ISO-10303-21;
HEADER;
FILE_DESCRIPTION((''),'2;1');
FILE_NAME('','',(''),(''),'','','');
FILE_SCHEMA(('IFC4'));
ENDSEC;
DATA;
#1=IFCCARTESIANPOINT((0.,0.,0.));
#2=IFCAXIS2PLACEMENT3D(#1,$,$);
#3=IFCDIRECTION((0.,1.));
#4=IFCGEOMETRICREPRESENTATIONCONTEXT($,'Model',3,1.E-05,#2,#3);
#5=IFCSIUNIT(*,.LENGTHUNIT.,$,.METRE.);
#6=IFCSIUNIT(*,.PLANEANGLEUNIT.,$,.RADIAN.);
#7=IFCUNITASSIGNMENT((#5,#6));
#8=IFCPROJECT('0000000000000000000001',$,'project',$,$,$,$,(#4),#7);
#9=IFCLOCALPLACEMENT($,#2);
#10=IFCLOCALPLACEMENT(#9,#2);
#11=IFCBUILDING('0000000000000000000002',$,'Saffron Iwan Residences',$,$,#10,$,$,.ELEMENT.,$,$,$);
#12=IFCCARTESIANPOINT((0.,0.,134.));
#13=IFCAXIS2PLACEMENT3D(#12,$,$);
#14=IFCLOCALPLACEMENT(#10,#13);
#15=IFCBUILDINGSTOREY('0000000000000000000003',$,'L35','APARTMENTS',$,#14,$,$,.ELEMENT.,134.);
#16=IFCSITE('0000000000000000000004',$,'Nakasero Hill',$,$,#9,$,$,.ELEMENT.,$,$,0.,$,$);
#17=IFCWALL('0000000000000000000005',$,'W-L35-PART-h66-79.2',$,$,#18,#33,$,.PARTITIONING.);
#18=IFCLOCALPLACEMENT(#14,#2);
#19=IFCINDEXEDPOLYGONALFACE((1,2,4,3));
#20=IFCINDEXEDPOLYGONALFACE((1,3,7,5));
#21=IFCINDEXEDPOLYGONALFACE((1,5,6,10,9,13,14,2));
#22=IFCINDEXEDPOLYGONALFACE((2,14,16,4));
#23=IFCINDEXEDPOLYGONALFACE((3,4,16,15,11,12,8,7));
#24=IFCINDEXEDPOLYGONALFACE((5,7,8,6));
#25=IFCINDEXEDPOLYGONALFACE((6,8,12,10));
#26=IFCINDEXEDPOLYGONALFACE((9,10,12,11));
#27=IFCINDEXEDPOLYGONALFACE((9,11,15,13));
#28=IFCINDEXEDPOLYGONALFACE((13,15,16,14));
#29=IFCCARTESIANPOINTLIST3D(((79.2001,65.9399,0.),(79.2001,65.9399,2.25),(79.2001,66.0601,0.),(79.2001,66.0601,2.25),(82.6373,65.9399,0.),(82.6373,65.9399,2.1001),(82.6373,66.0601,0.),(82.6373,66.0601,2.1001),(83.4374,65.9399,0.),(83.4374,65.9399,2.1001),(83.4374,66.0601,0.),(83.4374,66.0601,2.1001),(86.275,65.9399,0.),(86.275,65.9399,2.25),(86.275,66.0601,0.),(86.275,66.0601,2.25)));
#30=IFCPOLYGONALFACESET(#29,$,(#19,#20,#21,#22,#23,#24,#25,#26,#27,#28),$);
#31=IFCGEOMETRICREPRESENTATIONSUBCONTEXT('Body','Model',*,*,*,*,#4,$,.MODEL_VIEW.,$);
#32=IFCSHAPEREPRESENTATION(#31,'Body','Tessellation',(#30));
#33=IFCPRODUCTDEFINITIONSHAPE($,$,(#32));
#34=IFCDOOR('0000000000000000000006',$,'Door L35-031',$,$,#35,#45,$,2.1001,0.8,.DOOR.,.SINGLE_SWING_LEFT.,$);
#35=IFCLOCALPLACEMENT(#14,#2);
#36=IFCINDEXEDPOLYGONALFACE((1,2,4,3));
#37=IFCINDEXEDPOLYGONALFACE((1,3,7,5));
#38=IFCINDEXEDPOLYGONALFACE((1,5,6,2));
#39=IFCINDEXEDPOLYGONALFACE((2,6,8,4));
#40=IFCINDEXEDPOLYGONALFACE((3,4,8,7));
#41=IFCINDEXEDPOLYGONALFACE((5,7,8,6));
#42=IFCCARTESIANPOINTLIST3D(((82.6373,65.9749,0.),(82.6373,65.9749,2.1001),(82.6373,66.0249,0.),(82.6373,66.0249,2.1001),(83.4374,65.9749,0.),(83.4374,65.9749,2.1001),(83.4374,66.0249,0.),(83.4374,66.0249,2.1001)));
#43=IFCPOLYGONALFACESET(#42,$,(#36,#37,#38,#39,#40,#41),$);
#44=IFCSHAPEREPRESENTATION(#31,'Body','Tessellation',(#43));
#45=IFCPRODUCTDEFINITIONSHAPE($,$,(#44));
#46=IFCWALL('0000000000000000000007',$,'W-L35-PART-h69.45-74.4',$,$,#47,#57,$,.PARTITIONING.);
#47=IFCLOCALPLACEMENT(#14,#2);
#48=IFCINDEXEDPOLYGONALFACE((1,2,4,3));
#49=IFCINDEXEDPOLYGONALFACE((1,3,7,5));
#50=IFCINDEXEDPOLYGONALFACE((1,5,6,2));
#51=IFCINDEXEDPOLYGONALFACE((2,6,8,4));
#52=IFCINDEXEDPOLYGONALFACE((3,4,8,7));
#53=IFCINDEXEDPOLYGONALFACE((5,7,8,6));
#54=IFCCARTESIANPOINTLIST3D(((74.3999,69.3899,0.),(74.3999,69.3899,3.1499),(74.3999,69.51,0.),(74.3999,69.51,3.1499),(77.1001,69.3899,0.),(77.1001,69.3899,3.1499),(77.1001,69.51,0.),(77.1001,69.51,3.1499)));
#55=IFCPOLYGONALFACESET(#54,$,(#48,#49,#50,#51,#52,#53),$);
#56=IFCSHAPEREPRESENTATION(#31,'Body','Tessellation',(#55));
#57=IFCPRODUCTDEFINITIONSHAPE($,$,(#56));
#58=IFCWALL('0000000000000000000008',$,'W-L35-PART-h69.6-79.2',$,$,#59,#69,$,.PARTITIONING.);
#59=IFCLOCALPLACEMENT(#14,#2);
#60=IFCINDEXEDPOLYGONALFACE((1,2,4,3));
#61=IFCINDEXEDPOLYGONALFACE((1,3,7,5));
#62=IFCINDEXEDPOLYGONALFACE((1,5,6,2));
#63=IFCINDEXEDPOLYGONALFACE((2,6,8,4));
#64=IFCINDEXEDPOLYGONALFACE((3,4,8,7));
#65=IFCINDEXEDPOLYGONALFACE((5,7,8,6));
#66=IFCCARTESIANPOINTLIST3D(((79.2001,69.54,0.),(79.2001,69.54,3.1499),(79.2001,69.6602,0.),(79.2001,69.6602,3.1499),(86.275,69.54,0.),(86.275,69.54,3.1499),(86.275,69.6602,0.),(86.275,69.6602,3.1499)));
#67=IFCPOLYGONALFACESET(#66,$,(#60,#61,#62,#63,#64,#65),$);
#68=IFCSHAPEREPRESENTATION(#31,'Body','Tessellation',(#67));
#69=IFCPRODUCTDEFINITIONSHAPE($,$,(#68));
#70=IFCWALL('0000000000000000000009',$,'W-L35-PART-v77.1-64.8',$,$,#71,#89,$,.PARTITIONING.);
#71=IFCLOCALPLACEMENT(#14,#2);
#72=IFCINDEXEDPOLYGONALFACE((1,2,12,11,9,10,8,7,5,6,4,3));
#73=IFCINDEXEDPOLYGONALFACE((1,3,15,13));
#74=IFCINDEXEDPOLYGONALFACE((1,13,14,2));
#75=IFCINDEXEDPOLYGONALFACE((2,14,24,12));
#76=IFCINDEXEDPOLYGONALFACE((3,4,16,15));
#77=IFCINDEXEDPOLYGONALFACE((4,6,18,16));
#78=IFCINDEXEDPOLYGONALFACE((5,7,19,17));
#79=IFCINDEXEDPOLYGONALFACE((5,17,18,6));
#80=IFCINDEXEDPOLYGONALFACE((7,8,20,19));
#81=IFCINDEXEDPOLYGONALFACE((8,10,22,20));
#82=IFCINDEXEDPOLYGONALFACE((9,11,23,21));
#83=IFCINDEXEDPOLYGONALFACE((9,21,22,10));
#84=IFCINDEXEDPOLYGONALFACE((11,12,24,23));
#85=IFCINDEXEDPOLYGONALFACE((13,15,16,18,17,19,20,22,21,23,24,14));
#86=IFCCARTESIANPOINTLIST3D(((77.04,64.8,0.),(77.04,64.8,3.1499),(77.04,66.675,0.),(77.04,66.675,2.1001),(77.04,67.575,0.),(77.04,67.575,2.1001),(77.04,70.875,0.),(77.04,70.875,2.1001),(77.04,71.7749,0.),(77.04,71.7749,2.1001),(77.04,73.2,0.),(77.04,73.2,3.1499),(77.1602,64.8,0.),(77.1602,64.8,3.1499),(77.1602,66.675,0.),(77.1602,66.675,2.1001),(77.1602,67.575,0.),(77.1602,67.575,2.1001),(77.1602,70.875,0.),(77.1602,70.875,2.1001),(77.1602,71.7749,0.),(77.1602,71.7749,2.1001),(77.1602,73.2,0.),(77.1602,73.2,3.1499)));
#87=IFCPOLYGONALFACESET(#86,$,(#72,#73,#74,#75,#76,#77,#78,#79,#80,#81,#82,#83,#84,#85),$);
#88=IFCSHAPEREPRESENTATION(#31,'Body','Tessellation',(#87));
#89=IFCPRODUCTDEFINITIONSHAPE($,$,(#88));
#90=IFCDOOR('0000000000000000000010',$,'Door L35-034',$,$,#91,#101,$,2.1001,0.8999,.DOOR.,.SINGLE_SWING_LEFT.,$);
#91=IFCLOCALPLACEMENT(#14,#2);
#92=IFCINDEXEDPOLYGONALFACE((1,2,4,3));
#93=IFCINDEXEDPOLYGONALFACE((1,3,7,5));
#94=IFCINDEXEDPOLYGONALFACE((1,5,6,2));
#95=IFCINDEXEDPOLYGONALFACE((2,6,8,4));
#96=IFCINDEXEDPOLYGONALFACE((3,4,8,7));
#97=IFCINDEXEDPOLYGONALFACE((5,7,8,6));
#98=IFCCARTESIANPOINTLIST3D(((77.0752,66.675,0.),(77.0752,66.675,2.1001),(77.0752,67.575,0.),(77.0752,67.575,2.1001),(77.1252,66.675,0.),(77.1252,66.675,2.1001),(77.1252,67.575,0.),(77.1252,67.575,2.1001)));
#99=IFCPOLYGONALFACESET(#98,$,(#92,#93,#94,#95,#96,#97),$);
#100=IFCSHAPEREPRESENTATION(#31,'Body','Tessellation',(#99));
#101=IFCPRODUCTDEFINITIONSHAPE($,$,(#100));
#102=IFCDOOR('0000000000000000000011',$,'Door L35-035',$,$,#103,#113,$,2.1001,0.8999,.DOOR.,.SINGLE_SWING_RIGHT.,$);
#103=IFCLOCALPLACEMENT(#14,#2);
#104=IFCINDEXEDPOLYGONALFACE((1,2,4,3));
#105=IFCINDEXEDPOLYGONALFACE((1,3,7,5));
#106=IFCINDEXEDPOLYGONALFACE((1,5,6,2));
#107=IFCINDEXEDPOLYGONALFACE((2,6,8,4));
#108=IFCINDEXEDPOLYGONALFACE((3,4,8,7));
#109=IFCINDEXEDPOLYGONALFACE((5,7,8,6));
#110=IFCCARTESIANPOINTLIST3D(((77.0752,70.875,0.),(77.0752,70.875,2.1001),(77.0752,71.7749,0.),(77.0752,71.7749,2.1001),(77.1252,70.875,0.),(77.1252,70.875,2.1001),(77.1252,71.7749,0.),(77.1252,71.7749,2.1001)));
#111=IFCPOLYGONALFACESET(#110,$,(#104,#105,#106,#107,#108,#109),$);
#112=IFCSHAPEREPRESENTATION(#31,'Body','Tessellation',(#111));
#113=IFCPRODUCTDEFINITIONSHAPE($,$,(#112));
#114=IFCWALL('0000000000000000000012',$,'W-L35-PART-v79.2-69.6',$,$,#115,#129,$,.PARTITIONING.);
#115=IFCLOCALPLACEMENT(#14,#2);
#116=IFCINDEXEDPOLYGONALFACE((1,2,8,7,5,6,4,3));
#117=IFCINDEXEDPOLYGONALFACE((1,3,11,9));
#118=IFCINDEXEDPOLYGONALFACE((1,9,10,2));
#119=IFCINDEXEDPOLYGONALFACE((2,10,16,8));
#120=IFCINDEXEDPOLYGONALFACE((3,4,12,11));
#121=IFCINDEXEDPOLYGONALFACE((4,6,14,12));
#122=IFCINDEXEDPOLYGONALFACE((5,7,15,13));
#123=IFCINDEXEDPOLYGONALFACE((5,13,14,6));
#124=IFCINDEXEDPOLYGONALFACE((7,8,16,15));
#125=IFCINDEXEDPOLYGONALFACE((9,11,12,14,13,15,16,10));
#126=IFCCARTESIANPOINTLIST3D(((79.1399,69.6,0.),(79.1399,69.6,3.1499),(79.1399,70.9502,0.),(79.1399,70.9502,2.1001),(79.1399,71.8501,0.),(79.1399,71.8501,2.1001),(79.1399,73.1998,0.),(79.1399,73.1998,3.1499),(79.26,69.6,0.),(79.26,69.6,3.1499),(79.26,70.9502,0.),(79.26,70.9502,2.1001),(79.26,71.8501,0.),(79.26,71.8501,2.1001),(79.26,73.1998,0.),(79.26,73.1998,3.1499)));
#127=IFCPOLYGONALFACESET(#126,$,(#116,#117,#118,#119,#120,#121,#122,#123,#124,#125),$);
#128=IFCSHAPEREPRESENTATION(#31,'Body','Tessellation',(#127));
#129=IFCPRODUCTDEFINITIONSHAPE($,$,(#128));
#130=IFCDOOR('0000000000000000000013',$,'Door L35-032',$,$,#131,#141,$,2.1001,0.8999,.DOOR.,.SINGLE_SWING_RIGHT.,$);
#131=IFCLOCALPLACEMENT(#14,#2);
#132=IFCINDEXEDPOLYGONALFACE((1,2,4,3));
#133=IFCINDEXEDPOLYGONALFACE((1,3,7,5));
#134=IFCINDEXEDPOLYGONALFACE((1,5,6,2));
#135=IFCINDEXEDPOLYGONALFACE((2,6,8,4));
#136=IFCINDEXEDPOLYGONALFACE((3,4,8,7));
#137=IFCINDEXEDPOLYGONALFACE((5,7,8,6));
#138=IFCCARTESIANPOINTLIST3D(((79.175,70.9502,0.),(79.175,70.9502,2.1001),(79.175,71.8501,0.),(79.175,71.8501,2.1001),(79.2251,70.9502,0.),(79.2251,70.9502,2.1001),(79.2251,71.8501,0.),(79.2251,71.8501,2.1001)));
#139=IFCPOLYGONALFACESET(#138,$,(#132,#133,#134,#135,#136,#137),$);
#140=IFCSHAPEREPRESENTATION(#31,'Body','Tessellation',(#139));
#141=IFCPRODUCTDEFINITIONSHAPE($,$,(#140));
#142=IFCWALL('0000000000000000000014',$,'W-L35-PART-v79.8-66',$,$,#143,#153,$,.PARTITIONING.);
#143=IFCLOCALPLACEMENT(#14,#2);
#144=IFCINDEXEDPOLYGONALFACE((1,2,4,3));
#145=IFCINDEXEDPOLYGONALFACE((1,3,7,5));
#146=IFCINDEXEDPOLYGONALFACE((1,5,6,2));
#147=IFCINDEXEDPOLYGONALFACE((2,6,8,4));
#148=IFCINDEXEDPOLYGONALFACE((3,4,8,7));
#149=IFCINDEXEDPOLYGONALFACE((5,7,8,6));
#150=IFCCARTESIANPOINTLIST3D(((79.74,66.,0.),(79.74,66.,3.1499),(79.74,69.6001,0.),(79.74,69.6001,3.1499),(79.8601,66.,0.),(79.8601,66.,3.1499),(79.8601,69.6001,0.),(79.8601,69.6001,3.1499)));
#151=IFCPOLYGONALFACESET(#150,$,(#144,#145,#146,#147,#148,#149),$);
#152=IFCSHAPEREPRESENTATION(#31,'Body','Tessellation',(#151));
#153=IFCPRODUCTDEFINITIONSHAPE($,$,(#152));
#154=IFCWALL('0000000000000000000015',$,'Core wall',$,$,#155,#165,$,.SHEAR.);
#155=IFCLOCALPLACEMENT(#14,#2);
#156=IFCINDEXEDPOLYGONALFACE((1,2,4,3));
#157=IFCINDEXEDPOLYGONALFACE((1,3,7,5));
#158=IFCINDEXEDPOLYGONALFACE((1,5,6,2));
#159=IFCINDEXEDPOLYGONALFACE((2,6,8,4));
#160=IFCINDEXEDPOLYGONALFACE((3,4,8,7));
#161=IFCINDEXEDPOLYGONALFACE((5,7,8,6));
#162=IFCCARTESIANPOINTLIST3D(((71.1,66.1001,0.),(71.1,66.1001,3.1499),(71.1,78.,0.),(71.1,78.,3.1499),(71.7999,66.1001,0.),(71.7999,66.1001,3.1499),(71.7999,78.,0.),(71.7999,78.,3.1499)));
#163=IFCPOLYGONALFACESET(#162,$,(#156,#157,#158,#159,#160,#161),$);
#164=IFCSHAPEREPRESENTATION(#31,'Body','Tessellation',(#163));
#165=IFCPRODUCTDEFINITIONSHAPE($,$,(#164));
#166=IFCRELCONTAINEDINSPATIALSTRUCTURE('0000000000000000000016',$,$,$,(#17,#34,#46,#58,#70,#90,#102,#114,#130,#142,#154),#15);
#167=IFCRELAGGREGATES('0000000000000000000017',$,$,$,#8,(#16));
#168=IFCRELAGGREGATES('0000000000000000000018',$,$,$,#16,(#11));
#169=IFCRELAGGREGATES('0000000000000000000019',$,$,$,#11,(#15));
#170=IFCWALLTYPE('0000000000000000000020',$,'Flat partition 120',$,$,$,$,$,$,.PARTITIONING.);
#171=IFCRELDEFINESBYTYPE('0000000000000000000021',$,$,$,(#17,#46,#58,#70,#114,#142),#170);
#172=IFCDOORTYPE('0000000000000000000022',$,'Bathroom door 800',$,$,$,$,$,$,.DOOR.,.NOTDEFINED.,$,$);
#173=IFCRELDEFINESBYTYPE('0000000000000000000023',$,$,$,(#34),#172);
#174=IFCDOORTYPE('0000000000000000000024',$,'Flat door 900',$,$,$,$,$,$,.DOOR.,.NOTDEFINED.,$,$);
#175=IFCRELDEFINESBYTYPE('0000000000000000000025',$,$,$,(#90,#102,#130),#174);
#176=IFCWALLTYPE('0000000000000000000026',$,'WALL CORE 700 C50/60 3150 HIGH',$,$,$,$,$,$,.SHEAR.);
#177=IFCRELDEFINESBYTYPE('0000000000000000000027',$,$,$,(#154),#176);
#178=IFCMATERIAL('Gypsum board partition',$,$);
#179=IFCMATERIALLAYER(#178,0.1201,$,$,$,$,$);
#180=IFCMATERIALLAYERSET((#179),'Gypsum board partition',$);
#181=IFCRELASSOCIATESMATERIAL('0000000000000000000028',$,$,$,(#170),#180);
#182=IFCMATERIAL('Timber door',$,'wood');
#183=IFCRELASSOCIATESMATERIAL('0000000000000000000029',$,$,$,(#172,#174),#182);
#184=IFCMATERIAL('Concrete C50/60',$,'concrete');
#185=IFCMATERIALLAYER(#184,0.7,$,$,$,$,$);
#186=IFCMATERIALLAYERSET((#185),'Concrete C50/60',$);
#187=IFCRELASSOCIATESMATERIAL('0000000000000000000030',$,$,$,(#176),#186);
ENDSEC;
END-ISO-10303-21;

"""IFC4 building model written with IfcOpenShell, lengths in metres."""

from ifc_helpers import new_model, si_unit, direction, frame, frame_2d, origin, place, context, subcontext, project, spatial, rectangle, extrude, material, layer, layer_set, type_object, element, fill, save


model = new_model("IFC4")

# Units and contexts
model_context = context("Model", 3, precision=1e-05, world=origin(), true_north=direction((0.0, 1.0)))
body_context = subcontext(model_context, "Body", "Model", "MODEL_VIEW")
ifc_project = project(units=[si_unit("LENGTHUNIT", "METRE"), si_unit("PLANEANGLEUNIT", "RADIAN")], contexts=[model_context])

# Site, building, storey
site_placement = place(None, origin())
site = spatial("IfcSite", under=ifc_project, at=site_placement, Name="Nakasero Hill", CompositionType="ELEMENT", RefElevation=0.0)
building_placement = place(site_placement, origin())
building = spatial("IfcBuilding", under=site, at=building_placement, Name="Saffron Iwan Residences", CompositionType="ELEMENT")
storey_placement = place(building_placement, frame((0.0, 0.0, 134.0)))
storey = spatial("IfcBuildingStorey", under=building, at=storey_placement, Name="L35", Description="APARTMENTS", CompositionType="ELEMENT", Elevation=134.0)

# Shared definitions
ifc_material_1 = material(Name="Concrete C50/60", Category="concrete")

# Shared definitions
ifc_material_2 = material(Name="Gypsum board partition")
ifc_layer_1 = layer(ifc_material_2, 0.1201)
ifc_layer_set_1 = layer_set([ifc_layer_1], Name="Gypsum board partition")
wall_type_1 = type_object("IfcWallType", Name="Flat partition 120", PredefinedType="PARTITIONING", material=ifc_layer_set_1)

# Wall, opening, door
wall_1_placement = place(storey_placement, frame((79.2, 66.0, 0.0), z_axis=(0.0, 0.0, 1.0), x_axis=(1.0, 0.0, 0.0)))
wall_1 = element("IfcWall", 1, at=wall_1_placement, inside=storey, type_object=wall_type_1, Name="W-L35-PART-h66-79.2", PredefinedType="PARTITIONING", context=body_context, shape_type="SweptSolid", body=[
    extrude(rectangle(XDim=7.075, YDim=0.1201, at=frame_2d((3.5376, 0.0))), origin(), (0.0, 0.0, 1.0), 2.25),
])
opening_1_placement = place(wall_1_placement, frame((3.4375, 0.0, 0.0)))
opening_1 = element("IfcOpeningElement", 2, at=opening_1_placement, cuts=wall_1, PredefinedType="OPENING", context=body_context, shape_type="SweptSolid", body=[
    extrude(rectangle(XDim=0.8, YDim=2.1001, at=frame_2d((0.3999, 1.05))), frame((0.0, 0.0701, 0.0), z_axis=(0.0, -1.0, 0.0), x_axis=(1.0, 0.0, 0.0)), (0.0, 0.0, 1.0), 0.1401),
])
ifc_material_3 = material(Name="Timber door", Category="wood")
door_type_1 = type_object("IfcDoorType", Name="Bathroom door 800", OperationType="NOTDEFINED", PredefinedType="DOOR", material=ifc_material_3)
door_1_placement = place(opening_1_placement, origin())
door_1 = element("IfcDoor", 3, at=door_1_placement, inside=storey, type_object=door_type_1, Name="Door L35-031", OperationType="SINGLE_SWING_LEFT", OverallHeight=2.1001, OverallWidth=0.8, PredefinedType="DOOR", context=body_context, shape_type="SweptSolid", body=[
    extrude(rectangle(XDim=0.8, YDim=2.1001, at=frame_2d((0.3999, 1.05))), frame((0.0, 0.0249, 0.0), z_axis=(0.0, -1.0, 0.0), x_axis=(1.0, 0.0, 0.0)), (0.0, 0.0, 1.0), 0.05),
])
fill(opening_1, door_1)

# Walls
wall_2_placement = place(storey_placement, frame((74.3999, 69.45, 0.0), z_axis=(0.0, 0.0, 1.0), x_axis=(1.0, 0.0, 0.0)))
element("IfcWall", 4, at=wall_2_placement, inside=storey, type_object=wall_type_1, Name="W-L35-PART-h69.45-74.4", PredefinedType="PARTITIONING", context=body_context, shape_type="SweptSolid", body=[
    extrude(rectangle(XDim=2.7002, YDim=0.1201, at=frame_2d((1.3501, 0.0))), origin(), (0.0, 0.0, 1.0), 3.1499),
])
wall_3_placement = place(storey_placement, frame((79.2, 69.6001, 0.0), z_axis=(0.0, 0.0, 1.0), x_axis=(1.0, 0.0, 0.0)))
element("IfcWall", 5, at=wall_3_placement, inside=storey, type_object=wall_type_1, Name="W-L35-PART-h69.6-79.2", PredefinedType="PARTITIONING", context=body_context, shape_type="SweptSolid", body=[
    extrude(rectangle(XDim=7.075, YDim=0.1201, at=frame_2d((3.5376, 0.0))), origin(), (0.0, 0.0, 1.0), 3.1499),
])

# Wall, openings, doors
wall_4_placement = place(storey_placement, frame((77.1001, 64.8, 0.0), z_axis=(0.0, 0.0, 1.0), x_axis=(0.0, 1.0, 0.0)))
wall_4 = element("IfcWall", 6, at=wall_4_placement, inside=storey, type_object=wall_type_1, Name="W-L35-PART-v77.1-64.8", PredefinedType="PARTITIONING", context=body_context, shape_type="SweptSolid", body=[
    extrude(rectangle(XDim=8.3999, YDim=0.1201, at=frame_2d((4.2, 0.0))), origin(), (0.0, 0.0, 1.0), 3.1499),
])
opening_2_placement = place(wall_4_placement, frame((1.875, 0.0, 0.0)))
opening_2 = element("IfcOpeningElement", 7, at=opening_2_placement, cuts=wall_4, PredefinedType="OPENING", context=body_context, shape_type="SweptSolid", body=[
    extrude(rectangle(XDim=0.8999, YDim=2.1001, at=frame_2d((0.45, 1.05))), frame((0.0, 0.0701, 0.0), z_axis=(0.0, -1.0, 0.0), x_axis=(1.0, 0.0, 0.0)), (0.0, 0.0, 1.0), 0.1401),
])
opening_3_placement = place(wall_4_placement, frame((6.075, 0.0, 0.0)))
opening_3 = element("IfcOpeningElement", 8, at=opening_3_placement, cuts=wall_4, PredefinedType="OPENING", context=body_context, shape_type="SweptSolid", body=[
    extrude(rectangle(XDim=0.8999, YDim=2.1001, at=frame_2d((0.45, 1.05))), frame((0.0, 0.0701, 0.0), z_axis=(0.0, -1.0, 0.0), x_axis=(1.0, 0.0, 0.0)), (0.0, 0.0, 1.0), 0.1401),
])
door_type_2 = type_object("IfcDoorType", Name="Flat door 900", OperationType="NOTDEFINED", PredefinedType="DOOR", material=ifc_material_3)
door_2_placement = place(opening_2_placement, origin())
door_2 = element("IfcDoor", 9, at=door_2_placement, inside=storey, type_object=door_type_2, Name="Door L35-034", OperationType="SINGLE_SWING_LEFT", OverallHeight=2.1001, OverallWidth=0.8999, PredefinedType="DOOR", context=body_context, shape_type="SweptSolid", body=[
    extrude(rectangle(XDim=0.8999, YDim=2.1001, at=frame_2d((0.45, 1.05))), frame((0.0, 0.0249, 0.0), z_axis=(0.0, -1.0, 0.0), x_axis=(1.0, 0.0, 0.0)), (0.0, 0.0, 1.0), 0.05),
])
fill(opening_2, door_2)
door_3_placement = place(opening_3_placement, origin())
door_3 = element("IfcDoor", 10, at=door_3_placement, inside=storey, type_object=door_type_2, Name="Door L35-035", OperationType="SINGLE_SWING_RIGHT", OverallHeight=2.1001, OverallWidth=0.8999, PredefinedType="DOOR", context=body_context, shape_type="SweptSolid", body=[
    extrude(rectangle(XDim=0.8999, YDim=2.1001, at=frame_2d((0.45, 1.05))), frame((0.0, 0.0249, 0.0), z_axis=(0.0, -1.0, 0.0), x_axis=(1.0, 0.0, 0.0)), (0.0, 0.0, 1.0), 0.05),
])
fill(opening_3, door_3)

# Wall, opening, door
wall_5_placement = place(storey_placement, frame((79.2, 69.6001, 0.0), z_axis=(0.0, 0.0, 1.0), x_axis=(0.0, 1.0, 0.0)))
wall_5 = element("IfcWall", 11, at=wall_5_placement, inside=storey, type_object=wall_type_1, Name="W-L35-PART-v79.2-69.6", PredefinedType="PARTITIONING", context=body_context, shape_type="SweptSolid", body=[
    extrude(rectangle(XDim=3.5999, YDim=0.1201, at=frame_2d((1.7998, 0.0))), origin(), (0.0, 0.0, 1.0), 3.1499),
])
opening_4_placement = place(wall_5_placement, frame((1.3501, 0.0, 0.0)))
opening_4 = element("IfcOpeningElement", 12, at=opening_4_placement, cuts=wall_5, PredefinedType="OPENING", context=body_context, shape_type="SweptSolid", body=[
    extrude(rectangle(XDim=0.8999, YDim=2.1001, at=frame_2d((0.45, 1.05))), frame((0.0, 0.0701, 0.0), z_axis=(0.0, -1.0, 0.0), x_axis=(1.0, 0.0, 0.0)), (0.0, 0.0, 1.0), 0.1401),
])
door_4_placement = place(opening_4_placement, origin())
door_4 = element("IfcDoor", 13, at=door_4_placement, inside=storey, type_object=door_type_2, Name="Door L35-032", OperationType="SINGLE_SWING_RIGHT", OverallHeight=2.1001, OverallWidth=0.8999, PredefinedType="DOOR", context=body_context, shape_type="SweptSolid", body=[
    extrude(rectangle(XDim=0.8999, YDim=2.1001, at=frame_2d((0.45, 1.05))), frame((0.0, 0.0249, 0.0), z_axis=(0.0, -1.0, 0.0), x_axis=(1.0, 0.0, 0.0)), (0.0, 0.0, 1.0), 0.05),
])
fill(opening_4, door_4)

# Walls
wall_6_placement = place(storey_placement, frame((79.8, 66.0, 0.0), z_axis=(0.0, 0.0, 1.0), x_axis=(0.0, 1.0, 0.0)))
element("IfcWall", 14, at=wall_6_placement, inside=storey, type_object=wall_type_1, Name="W-L35-PART-v79.8-66", PredefinedType="PARTITIONING", context=body_context, shape_type="SweptSolid", body=[
    extrude(rectangle(XDim=3.6001, YDim=0.1201, at=frame_2d((1.8, 0.0))), origin(), (0.0, 0.0, 1.0), 3.1499),
])
ifc_layer_2 = layer(ifc_material_1, 0.7)
ifc_layer_set_2 = layer_set([ifc_layer_2], Name="Concrete C50/60")
wall_type_2 = type_object("IfcWallType", Name="WALL CORE 700 C50/60 3150 HIGH", PredefinedType="SHEAR", material=ifc_layer_set_2)
wall_7_placement = place(storey_placement, frame((71.45, 66.1001, 0.0), z_axis=(0.0, 0.0, 1.0), x_axis=(0.0, 1.0, 0.0)))
element("IfcWall", 15, at=wall_7_placement, inside=storey, type_object=wall_type_2, Name="Core wall", PredefinedType="SHEAR", context=body_context, shape_type="SweptSolid", body=[
    extrude(rectangle(XDim=11.8999, YDim=0.7, at=frame_2d((5.95, 0.0))), origin(), (0.0, 0.0, 1.0), 3.1499),
])

save(model, "model.ifc")
